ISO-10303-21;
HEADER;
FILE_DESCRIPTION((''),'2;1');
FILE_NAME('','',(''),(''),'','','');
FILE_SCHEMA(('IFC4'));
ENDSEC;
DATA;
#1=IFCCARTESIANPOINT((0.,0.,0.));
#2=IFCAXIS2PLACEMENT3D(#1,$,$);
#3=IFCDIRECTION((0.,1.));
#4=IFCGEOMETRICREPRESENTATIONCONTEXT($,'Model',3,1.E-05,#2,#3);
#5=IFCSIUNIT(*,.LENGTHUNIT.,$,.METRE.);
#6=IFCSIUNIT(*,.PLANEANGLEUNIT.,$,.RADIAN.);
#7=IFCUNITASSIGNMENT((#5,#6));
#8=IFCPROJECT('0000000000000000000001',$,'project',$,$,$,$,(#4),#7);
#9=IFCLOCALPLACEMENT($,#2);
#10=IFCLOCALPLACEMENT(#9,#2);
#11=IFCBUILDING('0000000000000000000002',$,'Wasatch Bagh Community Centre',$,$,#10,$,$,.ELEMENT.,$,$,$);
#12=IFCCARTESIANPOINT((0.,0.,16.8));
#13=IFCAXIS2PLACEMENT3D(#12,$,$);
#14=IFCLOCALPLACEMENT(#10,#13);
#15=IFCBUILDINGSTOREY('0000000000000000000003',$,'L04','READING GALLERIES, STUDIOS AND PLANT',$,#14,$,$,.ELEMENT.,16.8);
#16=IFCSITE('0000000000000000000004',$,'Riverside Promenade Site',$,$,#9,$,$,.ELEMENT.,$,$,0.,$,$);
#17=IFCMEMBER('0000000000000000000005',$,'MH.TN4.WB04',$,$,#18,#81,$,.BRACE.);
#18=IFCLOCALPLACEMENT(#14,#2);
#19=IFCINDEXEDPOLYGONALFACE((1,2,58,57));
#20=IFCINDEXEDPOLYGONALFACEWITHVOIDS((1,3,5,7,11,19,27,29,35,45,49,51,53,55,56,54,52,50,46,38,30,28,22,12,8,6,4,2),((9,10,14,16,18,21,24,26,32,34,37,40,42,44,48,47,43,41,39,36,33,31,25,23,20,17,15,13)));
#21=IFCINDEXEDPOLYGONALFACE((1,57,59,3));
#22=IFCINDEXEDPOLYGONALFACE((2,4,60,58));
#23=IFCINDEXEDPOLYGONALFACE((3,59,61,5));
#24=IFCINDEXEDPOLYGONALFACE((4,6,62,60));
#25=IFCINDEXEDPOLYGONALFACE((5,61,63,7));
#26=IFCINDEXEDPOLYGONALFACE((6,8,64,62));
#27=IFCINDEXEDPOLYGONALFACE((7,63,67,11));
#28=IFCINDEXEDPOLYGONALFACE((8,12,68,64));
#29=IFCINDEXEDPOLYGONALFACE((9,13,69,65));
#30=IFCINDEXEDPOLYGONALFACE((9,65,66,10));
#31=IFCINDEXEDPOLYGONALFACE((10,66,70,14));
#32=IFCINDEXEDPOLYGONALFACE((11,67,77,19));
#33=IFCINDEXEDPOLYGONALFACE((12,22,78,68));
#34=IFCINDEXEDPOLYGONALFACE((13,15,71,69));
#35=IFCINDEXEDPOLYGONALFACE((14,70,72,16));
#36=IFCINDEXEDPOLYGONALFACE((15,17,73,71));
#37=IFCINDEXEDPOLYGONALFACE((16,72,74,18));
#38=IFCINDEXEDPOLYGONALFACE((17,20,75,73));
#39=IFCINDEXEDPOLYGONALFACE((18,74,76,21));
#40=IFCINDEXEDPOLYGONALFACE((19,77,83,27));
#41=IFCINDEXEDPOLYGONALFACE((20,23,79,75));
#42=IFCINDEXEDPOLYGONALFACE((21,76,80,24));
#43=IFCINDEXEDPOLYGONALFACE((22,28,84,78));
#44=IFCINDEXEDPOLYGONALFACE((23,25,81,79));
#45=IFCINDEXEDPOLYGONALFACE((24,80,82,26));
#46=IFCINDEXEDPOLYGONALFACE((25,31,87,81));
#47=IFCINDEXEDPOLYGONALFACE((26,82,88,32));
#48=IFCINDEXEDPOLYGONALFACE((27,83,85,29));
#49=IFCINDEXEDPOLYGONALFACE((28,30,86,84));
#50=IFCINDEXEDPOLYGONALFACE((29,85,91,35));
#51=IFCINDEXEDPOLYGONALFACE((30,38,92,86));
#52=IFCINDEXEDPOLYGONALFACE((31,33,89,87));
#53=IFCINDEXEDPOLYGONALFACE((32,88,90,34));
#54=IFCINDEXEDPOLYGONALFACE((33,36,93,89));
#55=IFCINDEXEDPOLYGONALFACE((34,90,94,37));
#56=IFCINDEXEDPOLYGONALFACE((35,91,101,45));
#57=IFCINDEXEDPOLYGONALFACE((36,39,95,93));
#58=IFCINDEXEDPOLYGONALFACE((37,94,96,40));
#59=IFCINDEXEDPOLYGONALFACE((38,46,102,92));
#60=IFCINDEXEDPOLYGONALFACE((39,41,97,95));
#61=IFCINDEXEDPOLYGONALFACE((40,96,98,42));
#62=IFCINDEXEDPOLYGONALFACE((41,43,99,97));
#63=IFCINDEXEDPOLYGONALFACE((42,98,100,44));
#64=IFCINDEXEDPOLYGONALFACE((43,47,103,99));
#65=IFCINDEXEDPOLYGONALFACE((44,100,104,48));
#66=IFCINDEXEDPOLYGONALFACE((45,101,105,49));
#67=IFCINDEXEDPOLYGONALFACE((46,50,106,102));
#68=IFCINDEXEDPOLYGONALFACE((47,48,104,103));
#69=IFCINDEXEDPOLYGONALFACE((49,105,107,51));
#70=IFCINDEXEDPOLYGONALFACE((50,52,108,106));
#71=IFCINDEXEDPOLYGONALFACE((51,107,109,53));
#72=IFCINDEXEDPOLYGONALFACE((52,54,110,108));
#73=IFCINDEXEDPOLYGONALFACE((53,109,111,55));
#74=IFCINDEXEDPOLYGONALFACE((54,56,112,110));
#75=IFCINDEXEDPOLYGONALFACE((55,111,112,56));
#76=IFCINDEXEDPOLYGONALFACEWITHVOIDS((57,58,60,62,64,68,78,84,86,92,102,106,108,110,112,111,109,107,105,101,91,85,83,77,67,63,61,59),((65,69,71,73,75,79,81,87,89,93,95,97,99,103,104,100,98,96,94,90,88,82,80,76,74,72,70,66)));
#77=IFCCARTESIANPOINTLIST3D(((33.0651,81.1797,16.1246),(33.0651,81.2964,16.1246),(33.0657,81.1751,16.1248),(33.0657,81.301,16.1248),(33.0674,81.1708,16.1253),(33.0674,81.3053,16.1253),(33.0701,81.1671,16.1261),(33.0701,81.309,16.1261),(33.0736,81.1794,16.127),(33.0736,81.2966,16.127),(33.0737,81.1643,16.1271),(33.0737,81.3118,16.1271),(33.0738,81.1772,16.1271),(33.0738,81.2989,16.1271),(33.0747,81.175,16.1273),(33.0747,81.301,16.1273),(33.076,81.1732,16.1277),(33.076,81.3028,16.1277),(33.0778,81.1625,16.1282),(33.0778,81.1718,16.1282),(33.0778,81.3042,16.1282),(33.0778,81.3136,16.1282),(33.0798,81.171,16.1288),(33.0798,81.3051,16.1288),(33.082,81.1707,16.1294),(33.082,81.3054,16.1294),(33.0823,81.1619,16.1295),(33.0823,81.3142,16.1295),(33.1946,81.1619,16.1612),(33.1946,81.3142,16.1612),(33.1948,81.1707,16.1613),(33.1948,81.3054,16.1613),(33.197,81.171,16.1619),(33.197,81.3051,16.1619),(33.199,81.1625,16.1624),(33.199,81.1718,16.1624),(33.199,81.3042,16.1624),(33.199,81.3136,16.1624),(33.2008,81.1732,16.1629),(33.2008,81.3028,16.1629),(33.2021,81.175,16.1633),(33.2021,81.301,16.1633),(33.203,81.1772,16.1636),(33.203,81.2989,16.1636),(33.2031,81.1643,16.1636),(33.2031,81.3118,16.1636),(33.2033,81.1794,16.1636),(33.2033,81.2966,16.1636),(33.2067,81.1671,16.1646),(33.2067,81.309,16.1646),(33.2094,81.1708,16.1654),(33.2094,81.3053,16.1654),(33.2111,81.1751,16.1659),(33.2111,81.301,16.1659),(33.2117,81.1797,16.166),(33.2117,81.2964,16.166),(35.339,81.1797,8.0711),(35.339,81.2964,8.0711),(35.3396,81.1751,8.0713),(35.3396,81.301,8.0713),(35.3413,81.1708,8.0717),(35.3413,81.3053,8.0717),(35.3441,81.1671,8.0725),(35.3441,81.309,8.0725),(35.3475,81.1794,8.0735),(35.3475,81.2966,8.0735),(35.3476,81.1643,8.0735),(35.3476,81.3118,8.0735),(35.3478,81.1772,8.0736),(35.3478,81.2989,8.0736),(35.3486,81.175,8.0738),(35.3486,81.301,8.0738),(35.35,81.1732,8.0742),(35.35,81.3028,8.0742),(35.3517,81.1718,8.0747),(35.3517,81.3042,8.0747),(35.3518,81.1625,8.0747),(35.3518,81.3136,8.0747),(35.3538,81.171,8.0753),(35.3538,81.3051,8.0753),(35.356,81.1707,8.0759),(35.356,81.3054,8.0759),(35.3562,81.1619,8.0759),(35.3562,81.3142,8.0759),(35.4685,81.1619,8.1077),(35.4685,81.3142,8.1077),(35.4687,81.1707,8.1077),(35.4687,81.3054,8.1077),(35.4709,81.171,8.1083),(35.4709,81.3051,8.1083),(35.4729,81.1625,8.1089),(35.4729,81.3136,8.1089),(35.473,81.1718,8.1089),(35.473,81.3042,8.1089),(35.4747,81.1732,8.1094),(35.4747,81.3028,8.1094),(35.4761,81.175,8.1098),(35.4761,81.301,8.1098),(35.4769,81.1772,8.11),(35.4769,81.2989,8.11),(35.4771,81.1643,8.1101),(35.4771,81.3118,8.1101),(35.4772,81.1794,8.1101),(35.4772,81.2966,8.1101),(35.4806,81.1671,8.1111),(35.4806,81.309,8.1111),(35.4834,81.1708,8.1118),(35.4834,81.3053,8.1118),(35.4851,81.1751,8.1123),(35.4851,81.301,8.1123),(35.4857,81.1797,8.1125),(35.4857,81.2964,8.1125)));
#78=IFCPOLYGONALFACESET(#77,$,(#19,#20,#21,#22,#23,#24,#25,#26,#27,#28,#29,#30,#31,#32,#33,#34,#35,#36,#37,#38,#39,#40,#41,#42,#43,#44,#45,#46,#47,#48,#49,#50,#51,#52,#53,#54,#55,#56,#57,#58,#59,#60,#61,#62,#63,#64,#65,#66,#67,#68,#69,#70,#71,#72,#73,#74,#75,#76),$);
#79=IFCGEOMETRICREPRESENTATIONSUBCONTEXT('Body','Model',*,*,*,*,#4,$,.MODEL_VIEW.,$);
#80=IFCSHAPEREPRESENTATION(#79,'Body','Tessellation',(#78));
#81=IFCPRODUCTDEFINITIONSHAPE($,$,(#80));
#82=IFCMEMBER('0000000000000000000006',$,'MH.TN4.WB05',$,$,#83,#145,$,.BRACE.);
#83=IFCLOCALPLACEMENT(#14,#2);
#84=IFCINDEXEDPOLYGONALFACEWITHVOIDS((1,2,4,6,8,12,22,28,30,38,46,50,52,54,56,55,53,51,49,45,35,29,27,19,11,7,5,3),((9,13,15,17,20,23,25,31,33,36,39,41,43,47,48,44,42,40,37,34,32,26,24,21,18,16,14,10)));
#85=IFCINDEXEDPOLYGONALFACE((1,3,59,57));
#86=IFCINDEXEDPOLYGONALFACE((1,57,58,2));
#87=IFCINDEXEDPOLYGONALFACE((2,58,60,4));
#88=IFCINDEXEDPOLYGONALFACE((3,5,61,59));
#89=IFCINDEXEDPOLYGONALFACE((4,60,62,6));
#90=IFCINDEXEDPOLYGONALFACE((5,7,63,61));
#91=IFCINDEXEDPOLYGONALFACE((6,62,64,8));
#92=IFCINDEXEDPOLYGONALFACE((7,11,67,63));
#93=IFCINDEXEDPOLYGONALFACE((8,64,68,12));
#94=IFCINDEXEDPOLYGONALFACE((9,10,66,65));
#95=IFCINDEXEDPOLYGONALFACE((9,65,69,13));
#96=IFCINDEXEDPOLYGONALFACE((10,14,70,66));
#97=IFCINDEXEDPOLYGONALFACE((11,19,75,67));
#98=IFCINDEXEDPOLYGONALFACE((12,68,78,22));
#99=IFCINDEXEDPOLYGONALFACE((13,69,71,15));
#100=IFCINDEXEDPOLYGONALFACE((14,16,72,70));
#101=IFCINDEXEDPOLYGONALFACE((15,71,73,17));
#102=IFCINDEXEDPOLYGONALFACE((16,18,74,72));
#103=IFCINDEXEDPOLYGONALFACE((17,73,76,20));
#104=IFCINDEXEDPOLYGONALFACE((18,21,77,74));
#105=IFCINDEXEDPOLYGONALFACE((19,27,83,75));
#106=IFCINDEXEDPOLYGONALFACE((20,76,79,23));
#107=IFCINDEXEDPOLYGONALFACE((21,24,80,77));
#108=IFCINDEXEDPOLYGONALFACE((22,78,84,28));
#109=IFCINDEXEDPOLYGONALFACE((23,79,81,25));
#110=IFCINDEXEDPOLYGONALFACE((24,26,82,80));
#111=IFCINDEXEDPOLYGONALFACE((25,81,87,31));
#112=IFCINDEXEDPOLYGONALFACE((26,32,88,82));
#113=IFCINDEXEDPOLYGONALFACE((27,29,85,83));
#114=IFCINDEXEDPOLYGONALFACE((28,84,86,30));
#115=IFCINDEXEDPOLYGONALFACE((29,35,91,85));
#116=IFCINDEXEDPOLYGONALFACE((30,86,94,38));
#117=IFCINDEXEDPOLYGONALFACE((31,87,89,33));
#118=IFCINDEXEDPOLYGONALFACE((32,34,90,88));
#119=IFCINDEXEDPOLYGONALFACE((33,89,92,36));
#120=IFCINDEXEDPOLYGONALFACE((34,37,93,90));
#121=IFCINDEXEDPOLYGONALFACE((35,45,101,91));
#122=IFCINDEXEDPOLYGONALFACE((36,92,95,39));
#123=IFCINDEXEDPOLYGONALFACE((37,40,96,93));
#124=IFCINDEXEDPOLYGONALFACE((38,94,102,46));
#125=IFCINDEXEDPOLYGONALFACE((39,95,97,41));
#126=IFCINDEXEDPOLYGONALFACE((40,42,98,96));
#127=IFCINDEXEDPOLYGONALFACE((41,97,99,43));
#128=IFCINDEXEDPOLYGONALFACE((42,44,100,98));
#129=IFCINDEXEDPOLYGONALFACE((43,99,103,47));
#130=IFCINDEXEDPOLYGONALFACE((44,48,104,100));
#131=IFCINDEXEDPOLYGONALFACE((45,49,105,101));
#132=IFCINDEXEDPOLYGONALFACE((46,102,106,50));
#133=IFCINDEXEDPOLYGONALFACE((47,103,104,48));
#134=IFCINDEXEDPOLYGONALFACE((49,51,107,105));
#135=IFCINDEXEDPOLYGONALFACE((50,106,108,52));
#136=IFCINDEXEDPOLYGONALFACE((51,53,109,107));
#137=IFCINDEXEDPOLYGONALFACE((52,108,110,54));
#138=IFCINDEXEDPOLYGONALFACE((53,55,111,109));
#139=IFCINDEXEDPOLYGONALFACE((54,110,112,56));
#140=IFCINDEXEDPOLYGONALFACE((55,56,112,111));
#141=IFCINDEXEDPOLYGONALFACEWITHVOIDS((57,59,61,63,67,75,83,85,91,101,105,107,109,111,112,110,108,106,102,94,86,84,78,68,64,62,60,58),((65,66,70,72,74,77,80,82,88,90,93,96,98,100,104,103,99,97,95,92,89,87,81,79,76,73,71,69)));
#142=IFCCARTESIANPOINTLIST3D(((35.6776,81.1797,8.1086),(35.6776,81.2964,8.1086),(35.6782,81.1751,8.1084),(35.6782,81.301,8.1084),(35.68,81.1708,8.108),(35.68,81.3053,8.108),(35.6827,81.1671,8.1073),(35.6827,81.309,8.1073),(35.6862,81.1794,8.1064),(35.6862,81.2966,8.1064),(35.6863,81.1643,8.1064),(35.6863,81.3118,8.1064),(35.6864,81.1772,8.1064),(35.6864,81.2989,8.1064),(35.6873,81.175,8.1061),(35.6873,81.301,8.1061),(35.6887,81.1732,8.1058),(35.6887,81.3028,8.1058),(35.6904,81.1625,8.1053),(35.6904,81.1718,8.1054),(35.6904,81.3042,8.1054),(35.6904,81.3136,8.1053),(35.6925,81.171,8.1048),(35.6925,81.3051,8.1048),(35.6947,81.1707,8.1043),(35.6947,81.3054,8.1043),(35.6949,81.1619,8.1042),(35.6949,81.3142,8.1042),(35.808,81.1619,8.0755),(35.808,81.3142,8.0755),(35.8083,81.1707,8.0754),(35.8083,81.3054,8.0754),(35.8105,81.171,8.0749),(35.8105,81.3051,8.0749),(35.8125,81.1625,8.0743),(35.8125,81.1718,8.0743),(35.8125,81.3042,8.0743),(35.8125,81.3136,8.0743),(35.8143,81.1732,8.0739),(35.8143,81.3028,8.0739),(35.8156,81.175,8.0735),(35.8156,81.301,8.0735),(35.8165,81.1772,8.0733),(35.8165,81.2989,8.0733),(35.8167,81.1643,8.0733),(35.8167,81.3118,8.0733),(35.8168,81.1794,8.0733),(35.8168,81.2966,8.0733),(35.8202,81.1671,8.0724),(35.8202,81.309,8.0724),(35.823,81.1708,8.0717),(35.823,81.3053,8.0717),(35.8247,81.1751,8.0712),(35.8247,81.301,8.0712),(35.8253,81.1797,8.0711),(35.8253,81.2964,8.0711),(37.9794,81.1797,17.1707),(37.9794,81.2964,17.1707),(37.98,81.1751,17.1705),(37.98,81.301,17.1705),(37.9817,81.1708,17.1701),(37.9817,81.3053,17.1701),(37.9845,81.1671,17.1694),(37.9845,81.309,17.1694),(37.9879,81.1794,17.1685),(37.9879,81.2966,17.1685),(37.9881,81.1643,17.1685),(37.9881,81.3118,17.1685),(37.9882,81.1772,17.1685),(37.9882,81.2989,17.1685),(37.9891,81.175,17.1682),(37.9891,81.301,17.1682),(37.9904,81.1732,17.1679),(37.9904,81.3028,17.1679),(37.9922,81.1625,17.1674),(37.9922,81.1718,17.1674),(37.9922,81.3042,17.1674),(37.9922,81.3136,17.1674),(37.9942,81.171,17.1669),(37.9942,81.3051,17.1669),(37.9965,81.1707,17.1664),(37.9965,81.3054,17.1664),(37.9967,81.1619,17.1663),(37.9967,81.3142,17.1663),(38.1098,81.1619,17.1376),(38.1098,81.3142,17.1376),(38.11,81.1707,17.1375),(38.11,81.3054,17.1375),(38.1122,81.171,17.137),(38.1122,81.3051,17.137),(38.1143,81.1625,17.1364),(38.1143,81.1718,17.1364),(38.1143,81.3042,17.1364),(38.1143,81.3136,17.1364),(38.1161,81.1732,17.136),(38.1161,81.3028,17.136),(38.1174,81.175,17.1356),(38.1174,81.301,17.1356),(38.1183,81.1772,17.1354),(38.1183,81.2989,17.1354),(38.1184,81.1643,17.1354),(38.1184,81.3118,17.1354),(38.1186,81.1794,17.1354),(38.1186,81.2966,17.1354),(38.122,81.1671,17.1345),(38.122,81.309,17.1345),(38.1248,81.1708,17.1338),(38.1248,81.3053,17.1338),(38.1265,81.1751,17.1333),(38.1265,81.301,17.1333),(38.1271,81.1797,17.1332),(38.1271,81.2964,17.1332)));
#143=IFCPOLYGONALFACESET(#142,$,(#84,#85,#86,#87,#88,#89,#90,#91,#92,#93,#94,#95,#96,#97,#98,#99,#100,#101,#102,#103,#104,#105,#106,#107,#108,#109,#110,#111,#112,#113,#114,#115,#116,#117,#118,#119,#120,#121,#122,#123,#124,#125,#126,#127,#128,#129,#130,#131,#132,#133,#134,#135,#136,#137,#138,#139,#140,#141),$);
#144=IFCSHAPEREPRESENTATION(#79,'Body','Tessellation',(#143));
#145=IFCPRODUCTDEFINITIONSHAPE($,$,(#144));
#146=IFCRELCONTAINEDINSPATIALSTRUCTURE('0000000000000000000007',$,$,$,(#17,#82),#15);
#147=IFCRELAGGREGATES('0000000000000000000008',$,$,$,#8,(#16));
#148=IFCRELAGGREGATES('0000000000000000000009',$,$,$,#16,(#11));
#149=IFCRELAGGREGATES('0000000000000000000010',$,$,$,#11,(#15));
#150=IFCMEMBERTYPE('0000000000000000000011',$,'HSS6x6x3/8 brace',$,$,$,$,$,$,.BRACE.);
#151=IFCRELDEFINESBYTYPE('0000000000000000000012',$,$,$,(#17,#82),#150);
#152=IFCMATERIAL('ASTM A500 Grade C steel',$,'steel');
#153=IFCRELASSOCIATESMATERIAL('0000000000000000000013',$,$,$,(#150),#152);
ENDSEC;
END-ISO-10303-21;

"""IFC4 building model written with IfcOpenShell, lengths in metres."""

from ifc_helpers import new_model, si_unit, direction, frame, origin, origin_2d, place, context, subcontext, project, spatial, hollow_rectangle, extrude, material, material_profile, profile_set, type_object, element, save


model = new_model("IFC4")

# Units and contexts
model_context = context("Model", 3, precision=1e-05, world=origin(), true_north=direction((0.0, 1.0)))
body_context = subcontext(model_context, "Body", "Model", "MODEL_VIEW")
ifc_project = project(units=[si_unit("LENGTHUNIT", "METRE"), si_unit("PLANEANGLEUNIT", "RADIAN")], contexts=[model_context])

# Site, building, storey
site_placement = place(None, origin())
site = spatial("IfcSite", under=ifc_project, at=site_placement, Name="Riverside Promenade Site", CompositionType="ELEMENT", RefElevation=0.0)
building_placement = place(site_placement, origin())
building = spatial("IfcBuilding", under=site, at=building_placement, Name="Wasatch Bagh Community Centre", CompositionType="ELEMENT")
storey_placement = place(building_placement, frame((0.0, 0.0, 16.8)))
storey = spatial("IfcBuildingStorey", under=building, at=storey_placement, Name="L04", Description="READING GALLERIES, STUDIOS AND PLANT", CompositionType="ELEMENT", Elevation=16.8)

# Members
ifc_material_1 = material(Name="ASTM A500 Grade C steel", Category="steel")
ifc_material_profile_1 = material_profile(ifc_material_1, hollow_rectangle(XDim=0.1523, YDim=0.1523, WallThickness=0.0088, InnerFilletRadius=0.0088, OuterFilletRadius=0.0178, at=origin_2d()), Name="HSS6x6x3/8")
ifc_profile_set_1 = profile_set([ifc_material_profile_1], Name="ASTM A500 Grade C steel")
member_type_1 = type_object("IfcMemberType", Name="HSS6x6x3/8 brace", PredefinedType="BRACE", material=ifc_profile_set_1)
member_1_placement = place(storey_placement, frame((35.4124, 81.238, 8.0918), z_axis=(-0.27173, 0.0, 0.962374), x_axis=(0.0, -1.0, 0.0)))
element("IfcMember", 1, at=member_1_placement, inside=storey, type_object=member_type_1, Name="MH.TN4.WB04", PredefinedType="BRACE", context=body_context, shape_type="SweptSolid", body=[
    extrude(hollow_rectangle(XDim=0.1523, YDim=0.1523, WallThickness=0.0088, InnerFilletRadius=0.0088, OuterFilletRadius=0.0178, at=origin_2d()), origin(), (0.0, 0.0, 1.0), 8.3684),
])
member_2_placement = place(storey_placement, frame((35.7515, 81.238, 8.0898), z_axis=(0.246183, 0.0, 0.969223), x_axis=(0.0, 1.0, 0.0)))
element("IfcMember", 2, at=member_2_placement, inside=storey, type_object=member_type_1, Name="MH.TN4.WB05", PredefinedType="BRACE", context=body_context, shape_type="SweptSolid", body=[
    extrude(hollow_rectangle(XDim=0.1523, YDim=0.1523, WallThickness=0.0088, InnerFilletRadius=0.0088, OuterFilletRadius=0.0178, at=origin_2d()), origin(), (0.0, 0.0, 1.0), 9.3499),
])

save(model, "model.ifc")
